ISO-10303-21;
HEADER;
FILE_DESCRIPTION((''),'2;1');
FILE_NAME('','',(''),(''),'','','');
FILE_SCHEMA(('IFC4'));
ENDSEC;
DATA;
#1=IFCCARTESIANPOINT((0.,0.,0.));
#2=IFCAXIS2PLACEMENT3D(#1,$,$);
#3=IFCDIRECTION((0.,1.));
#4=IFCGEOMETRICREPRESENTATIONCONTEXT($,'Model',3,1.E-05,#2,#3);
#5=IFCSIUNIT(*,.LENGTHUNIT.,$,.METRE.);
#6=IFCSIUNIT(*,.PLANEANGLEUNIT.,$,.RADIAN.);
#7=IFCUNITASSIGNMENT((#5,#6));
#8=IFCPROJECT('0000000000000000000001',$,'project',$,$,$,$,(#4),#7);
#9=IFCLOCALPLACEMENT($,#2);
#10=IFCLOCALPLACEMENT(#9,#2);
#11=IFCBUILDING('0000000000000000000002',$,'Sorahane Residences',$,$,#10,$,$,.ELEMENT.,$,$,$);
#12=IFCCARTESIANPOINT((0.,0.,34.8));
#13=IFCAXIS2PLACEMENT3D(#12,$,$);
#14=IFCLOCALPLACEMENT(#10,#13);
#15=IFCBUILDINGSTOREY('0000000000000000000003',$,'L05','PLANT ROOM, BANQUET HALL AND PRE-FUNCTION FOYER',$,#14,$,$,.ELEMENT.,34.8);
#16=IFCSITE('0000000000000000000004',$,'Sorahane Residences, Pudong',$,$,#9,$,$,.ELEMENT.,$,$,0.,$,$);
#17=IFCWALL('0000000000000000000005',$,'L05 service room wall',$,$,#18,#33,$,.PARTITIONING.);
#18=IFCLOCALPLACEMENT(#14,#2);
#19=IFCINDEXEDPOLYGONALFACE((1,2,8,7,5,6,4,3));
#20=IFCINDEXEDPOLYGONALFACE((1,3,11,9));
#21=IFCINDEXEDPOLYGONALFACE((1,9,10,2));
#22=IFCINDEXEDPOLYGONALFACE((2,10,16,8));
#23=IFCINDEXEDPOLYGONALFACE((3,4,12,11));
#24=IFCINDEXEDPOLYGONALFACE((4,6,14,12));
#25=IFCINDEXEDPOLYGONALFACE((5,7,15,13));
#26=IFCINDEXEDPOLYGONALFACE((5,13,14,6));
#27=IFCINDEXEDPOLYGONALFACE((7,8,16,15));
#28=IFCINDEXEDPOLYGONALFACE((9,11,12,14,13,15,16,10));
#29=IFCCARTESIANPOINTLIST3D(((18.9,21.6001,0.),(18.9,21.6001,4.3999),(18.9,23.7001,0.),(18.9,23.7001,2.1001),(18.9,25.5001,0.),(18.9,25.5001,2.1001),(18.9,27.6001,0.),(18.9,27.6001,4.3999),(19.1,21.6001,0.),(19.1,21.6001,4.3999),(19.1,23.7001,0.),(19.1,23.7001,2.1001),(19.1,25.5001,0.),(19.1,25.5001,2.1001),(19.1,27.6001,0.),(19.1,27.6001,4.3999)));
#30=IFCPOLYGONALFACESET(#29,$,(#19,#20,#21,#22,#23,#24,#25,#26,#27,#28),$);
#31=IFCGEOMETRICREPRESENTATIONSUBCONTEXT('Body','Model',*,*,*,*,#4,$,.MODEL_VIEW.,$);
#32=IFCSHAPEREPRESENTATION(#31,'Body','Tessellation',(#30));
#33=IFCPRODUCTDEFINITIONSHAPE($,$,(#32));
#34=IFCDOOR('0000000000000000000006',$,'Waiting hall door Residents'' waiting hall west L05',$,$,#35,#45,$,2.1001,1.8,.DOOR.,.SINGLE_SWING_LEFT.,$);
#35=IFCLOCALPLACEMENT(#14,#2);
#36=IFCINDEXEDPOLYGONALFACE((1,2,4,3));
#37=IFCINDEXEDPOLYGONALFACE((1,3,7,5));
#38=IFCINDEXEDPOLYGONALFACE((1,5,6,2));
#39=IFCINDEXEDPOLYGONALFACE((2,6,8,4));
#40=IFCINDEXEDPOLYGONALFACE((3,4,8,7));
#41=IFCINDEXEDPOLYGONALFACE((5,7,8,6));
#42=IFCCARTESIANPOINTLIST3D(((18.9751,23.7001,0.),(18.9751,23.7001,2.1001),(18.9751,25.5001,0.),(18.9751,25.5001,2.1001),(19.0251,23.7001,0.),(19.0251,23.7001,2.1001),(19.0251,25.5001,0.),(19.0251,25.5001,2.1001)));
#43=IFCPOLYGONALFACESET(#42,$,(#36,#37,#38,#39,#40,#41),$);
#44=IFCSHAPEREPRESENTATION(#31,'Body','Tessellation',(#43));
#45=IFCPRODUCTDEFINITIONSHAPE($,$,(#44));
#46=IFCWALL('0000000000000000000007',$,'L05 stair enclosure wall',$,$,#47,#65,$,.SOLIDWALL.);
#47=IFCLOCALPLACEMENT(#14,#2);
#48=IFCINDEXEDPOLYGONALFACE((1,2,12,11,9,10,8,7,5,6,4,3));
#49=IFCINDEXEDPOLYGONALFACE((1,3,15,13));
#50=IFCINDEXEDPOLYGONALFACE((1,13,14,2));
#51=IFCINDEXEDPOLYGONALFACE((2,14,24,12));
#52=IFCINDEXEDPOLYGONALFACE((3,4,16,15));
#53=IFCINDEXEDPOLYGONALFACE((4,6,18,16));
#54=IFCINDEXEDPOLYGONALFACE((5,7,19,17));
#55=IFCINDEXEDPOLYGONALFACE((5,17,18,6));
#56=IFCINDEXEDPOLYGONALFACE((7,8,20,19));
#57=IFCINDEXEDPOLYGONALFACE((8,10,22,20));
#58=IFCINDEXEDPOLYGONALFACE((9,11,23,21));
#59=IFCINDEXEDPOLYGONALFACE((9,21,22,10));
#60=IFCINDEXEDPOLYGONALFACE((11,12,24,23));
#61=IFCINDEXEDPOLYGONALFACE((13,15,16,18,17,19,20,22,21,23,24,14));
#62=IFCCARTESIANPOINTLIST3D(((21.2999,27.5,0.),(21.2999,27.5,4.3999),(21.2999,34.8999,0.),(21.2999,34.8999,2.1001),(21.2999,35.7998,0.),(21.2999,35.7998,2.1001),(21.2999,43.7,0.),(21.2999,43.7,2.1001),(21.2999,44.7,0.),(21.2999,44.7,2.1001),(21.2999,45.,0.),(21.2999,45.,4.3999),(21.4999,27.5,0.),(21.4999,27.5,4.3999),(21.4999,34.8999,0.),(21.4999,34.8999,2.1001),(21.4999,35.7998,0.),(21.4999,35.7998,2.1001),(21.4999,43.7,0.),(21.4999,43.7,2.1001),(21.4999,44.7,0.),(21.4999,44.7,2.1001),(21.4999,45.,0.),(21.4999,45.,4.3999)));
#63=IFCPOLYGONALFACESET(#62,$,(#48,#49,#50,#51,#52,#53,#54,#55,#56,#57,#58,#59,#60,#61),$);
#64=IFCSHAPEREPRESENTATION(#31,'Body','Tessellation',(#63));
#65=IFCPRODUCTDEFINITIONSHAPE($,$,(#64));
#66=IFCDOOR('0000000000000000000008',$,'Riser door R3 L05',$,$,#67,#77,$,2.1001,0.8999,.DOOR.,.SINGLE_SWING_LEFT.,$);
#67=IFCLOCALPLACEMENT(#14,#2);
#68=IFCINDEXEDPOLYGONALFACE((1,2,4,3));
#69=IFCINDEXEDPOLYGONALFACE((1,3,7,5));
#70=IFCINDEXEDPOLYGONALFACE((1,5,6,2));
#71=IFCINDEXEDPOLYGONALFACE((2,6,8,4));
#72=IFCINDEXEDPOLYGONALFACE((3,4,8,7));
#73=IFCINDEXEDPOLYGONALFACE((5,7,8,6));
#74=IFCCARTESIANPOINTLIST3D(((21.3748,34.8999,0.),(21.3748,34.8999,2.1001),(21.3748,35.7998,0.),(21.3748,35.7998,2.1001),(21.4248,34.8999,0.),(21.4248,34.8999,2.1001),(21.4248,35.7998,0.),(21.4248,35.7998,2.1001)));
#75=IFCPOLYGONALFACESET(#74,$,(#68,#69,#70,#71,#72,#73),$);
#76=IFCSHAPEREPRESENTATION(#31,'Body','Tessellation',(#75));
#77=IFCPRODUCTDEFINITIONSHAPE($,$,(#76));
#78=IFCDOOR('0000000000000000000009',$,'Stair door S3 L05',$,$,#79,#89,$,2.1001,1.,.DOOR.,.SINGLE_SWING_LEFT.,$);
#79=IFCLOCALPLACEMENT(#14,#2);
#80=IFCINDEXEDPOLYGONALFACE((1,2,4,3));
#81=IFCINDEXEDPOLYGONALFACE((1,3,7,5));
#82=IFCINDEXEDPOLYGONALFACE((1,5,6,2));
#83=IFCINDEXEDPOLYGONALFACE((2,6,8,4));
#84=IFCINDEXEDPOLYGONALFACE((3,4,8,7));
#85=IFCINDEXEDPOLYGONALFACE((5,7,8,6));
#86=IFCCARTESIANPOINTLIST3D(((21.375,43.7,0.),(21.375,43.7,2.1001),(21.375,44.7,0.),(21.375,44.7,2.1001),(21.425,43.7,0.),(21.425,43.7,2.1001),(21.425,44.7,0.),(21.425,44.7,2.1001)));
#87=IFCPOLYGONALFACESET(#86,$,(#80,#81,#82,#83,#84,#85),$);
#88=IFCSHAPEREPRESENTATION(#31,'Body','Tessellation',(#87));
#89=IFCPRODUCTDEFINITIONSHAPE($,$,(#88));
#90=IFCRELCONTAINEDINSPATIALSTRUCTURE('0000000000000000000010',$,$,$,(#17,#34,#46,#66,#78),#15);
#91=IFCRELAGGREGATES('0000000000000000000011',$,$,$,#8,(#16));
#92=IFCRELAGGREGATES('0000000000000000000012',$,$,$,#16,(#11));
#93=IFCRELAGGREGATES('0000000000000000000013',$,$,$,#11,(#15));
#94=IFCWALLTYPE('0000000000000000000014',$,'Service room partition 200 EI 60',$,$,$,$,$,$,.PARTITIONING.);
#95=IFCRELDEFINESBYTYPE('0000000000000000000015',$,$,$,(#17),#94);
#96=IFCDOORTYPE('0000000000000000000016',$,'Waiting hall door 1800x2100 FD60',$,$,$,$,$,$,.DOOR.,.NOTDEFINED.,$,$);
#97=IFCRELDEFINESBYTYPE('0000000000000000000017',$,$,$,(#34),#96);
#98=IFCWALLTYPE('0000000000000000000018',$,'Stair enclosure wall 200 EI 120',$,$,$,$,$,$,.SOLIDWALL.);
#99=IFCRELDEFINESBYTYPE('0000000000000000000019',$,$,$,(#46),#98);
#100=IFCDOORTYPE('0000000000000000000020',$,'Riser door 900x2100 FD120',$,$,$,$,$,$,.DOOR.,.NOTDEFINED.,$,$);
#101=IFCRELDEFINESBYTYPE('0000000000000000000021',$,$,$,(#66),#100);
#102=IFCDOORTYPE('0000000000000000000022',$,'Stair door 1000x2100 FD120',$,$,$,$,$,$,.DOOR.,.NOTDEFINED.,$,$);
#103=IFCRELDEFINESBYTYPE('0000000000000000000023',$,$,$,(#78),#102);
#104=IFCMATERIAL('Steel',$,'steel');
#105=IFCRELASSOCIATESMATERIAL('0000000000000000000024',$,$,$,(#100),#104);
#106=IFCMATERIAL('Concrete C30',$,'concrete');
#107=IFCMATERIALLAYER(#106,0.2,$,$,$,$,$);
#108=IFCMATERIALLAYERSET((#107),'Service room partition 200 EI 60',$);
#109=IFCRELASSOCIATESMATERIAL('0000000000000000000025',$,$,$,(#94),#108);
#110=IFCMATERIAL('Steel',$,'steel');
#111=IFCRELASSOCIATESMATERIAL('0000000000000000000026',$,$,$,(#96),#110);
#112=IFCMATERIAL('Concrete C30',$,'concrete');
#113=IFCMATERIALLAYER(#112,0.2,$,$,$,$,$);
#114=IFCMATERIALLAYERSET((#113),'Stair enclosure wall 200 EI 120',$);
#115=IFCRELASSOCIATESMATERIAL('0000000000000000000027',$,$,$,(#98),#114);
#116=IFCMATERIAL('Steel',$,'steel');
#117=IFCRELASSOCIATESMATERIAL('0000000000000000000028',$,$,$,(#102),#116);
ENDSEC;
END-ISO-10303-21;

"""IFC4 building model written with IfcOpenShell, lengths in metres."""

from ifc_helpers import new_model, si_unit, direction, frame, frame_2d, origin, place, context, subcontext, project, spatial, rectangle, extrude, material, layer, layer_set, type_object, element, fill, save


model = new_model("IFC4")

# Units and contexts
model_context = context("Model", 3, precision=1e-05, world=origin(), true_north=direction((0.0, 1.0)))
body_context = subcontext(model_context, "Body", "Model", "MODEL_VIEW")
ifc_project = project(units=[si_unit("LENGTHUNIT", "METRE"), si_unit("PLANEANGLEUNIT", "RADIAN")], contexts=[model_context])

# Site, building, storey
site_placement = place(None, origin())
site = spatial("IfcSite", under=ifc_project, at=site_placement, Name="Sorahane Residences, Pudong", CompositionType="ELEMENT", RefElevation=0.0)
building_placement = place(site_placement, origin())
building = spatial("IfcBuilding", under=site, at=building_placement, Name="Sorahane Residences", CompositionType="ELEMENT")
storey_placement = place(building_placement, frame((0.0, 0.0, 34.8)))
storey = spatial("IfcBuildingStorey", under=building, at=storey_placement, Name="L05", Description="PLANT ROOM, BANQUET HALL AND PRE-FUNCTION FOYER", CompositionType="ELEMENT", Elevation=34.8)

# Shared definitions
ifc_material_1 = material(Name="Steel", Category="steel")
door_type_1 = type_object("IfcDoorType", Name="Riser door 900x2100 FD120", OperationType="NOTDEFINED", PredefinedType="DOOR", material=ifc_material_1)

# Wall, opening, door
ifc_material_2 = material(Name="Concrete C30", Category="concrete")
ifc_layer_1 = layer(ifc_material_2, 0.2)
ifc_layer_set_1 = layer_set([ifc_layer_1], Name="Service room partition 200 EI 60")
wall_type_1 = type_object("IfcWallType", Name="Service room partition 200 EI 60", PredefinedType="PARTITIONING", material=ifc_layer_set_1)
wall_1_placement = place(storey_placement, frame((19.0, 21.6001, 0.0), z_axis=(0.0, 0.0, 1.0), x_axis=(0.0, 1.0, 0.0)))
wall_1 = element("IfcWall", 1, at=wall_1_placement, inside=storey, type_object=wall_type_1, Name="L05 service room wall", PredefinedType="PARTITIONING", context=body_context, shape_type="SweptSolid", body=[
    extrude(rectangle(XDim=6.0, YDim=0.2, at=frame_2d((3.0, 0.0))), origin(), (0.0, 0.0, 1.0), 4.3999),
])
opening_1_placement = place(wall_1_placement, frame((2.1001, 0.0, 0.0)))
opening_1 = element("IfcOpeningElement", 2, at=opening_1_placement, cuts=wall_1, PredefinedType="OPENING", context=body_context, shape_type="SweptSolid", body=[
    extrude(rectangle(XDim=1.8, YDim=2.1001, at=frame_2d((0.8999, 1.05))), frame((0.0, 0.1099, 0.0), z_axis=(0.0, -1.0, 0.0), x_axis=(1.0, 0.0, 0.0)), (0.0, 0.0, 1.0), 0.22),
])
ifc_material_3 = material(Name="Steel", Category="steel")
door_type_2 = type_object("IfcDoorType", Name="Waiting hall door 1800x2100 FD60", OperationType="NOTDEFINED", PredefinedType="DOOR", material=ifc_material_3)
door_1_placement = place(opening_1_placement, origin())
door_1 = element("IfcDoor", 3, at=door_1_placement, inside=storey, type_object=door_type_2, Name="Waiting hall door Residents' waiting hall west L05", OperationType="SINGLE_SWING_LEFT", OverallHeight=2.1001, OverallWidth=1.8, PredefinedType="DOOR", context=body_context, shape_type="SweptSolid", body=[
    extrude(rectangle(XDim=1.8, YDim=2.1001, at=frame_2d((0.8999, 1.05))), frame((0.0, 0.0249, 0.0), z_axis=(0.0, -1.0, 0.0), x_axis=(1.0, 0.0, 0.0)), (0.0, 0.0, 1.0), 0.05),
])
fill(opening_1, door_1)

# Wall, openings, doors
ifc_material_4 = material(Name="Concrete C30", Category="concrete")
ifc_layer_2 = layer(ifc_material_4, 0.2)
ifc_layer_set_2 = layer_set([ifc_layer_2], Name="Stair enclosure wall 200 EI 120")
wall_type_2 = type_object("IfcWallType", Name="Stair enclosure wall 200 EI 120", PredefinedType="SOLIDWALL", material=ifc_layer_set_2)
wall_2_placement = place(storey_placement, frame((21.3999, 27.5, 0.0), z_axis=(0.0, 0.0, 1.0), x_axis=(0.0, 1.0, 0.0)))
wall_2 = element("IfcWall", 4, at=wall_2_placement, inside=storey, type_object=wall_type_2, Name="L05 stair enclosure wall", PredefinedType="SOLIDWALL", context=body_context, shape_type="SweptSolid", body=[
    extrude(rectangle(XDim=17.5, YDim=0.2, at=frame_2d((8.75, 0.0))), origin(), (0.0, 0.0, 1.0), 4.3999),
])
opening_2_placement = place(wall_2_placement, frame((16.2, 0.0, 0.0)))
opening_2 = element("IfcOpeningElement", 5, at=opening_2_placement, cuts=wall_2, PredefinedType="OPENING", context=body_context, shape_type="SweptSolid", body=[
    extrude(rectangle(XDim=1.0, YDim=2.1001, at=frame_2d((0.5, 1.05))), frame((0.0, 0.1099, 0.0), z_axis=(0.0, -1.0, 0.0), x_axis=(1.0, 0.0, 0.0)), (0.0, 0.0, 1.0), 0.22),
])
opening_3_placement = place(wall_2_placement, frame((7.3999, 0.0, 0.0)))
opening_3 = element("IfcOpeningElement", 6, at=opening_3_placement, cuts=wall_2, PredefinedType="OPENING", context=body_context, shape_type="SweptSolid", body=[
    extrude(rectangle(XDim=0.8999, YDim=2.1001, at=frame_2d((0.45, 1.05))), frame((0.0, 0.1099, 0.0), z_axis=(0.0, -1.0, 0.0), x_axis=(1.0, 0.0, 0.0)), (0.0, 0.0, 1.0), 0.22),
])
door_2_placement = place(opening_3_placement, frame((0.8999, 0.0, 0.0), z_axis=(0.0, 0.0, 1.0), x_axis=(-1.0, 0.0, 0.0)))
door_2 = element("IfcDoor", 7, at=door_2_placement, inside=storey, type_object=door_type_1, Name="Riser door R3 L05", OperationType="SINGLE_SWING_LEFT", OverallHeight=2.1001, OverallWidth=0.8999, PredefinedType="DOOR", context=body_context, shape_type="SweptSolid", body=[
    extrude(rectangle(XDim=0.8999, YDim=2.1001, at=frame_2d((0.45, 1.05))), frame((0.0, 0.0249, 0.0), z_axis=(0.0, -1.0, 0.0), x_axis=(1.0, 0.0, 0.0)), (0.0, 0.0, 1.0), 0.05),
])
fill(opening_3, door_2)
ifc_material_5 = material(Name="Steel", Category="steel")
door_type_3 = type_object("IfcDoorType", Name="Stair door 1000x2100 FD120", OperationType="NOTDEFINED", PredefinedType="DOOR", material=ifc_material_5)
door_3_placement = place(opening_2_placement, origin())
door_3 = element("IfcDoor", 8, at=door_3_placement, inside=storey, type_object=door_type_3, Name="Stair door S3 L05", OperationType="SINGLE_SWING_LEFT", OverallHeight=2.1001, OverallWidth=1.0, PredefinedType="DOOR", context=body_context, shape_type="SweptSolid", body=[
    extrude(rectangle(XDim=1.0, YDim=2.1001, at=frame_2d((0.5, 1.05))), frame((0.0, 0.0249, 0.0), z_axis=(0.0, -1.0, 0.0), x_axis=(1.0, 0.0, 0.0)), (0.0, 0.0, 1.0), 0.05),
])
fill(opening_2, door_3)

save(model, "model.ifc")
